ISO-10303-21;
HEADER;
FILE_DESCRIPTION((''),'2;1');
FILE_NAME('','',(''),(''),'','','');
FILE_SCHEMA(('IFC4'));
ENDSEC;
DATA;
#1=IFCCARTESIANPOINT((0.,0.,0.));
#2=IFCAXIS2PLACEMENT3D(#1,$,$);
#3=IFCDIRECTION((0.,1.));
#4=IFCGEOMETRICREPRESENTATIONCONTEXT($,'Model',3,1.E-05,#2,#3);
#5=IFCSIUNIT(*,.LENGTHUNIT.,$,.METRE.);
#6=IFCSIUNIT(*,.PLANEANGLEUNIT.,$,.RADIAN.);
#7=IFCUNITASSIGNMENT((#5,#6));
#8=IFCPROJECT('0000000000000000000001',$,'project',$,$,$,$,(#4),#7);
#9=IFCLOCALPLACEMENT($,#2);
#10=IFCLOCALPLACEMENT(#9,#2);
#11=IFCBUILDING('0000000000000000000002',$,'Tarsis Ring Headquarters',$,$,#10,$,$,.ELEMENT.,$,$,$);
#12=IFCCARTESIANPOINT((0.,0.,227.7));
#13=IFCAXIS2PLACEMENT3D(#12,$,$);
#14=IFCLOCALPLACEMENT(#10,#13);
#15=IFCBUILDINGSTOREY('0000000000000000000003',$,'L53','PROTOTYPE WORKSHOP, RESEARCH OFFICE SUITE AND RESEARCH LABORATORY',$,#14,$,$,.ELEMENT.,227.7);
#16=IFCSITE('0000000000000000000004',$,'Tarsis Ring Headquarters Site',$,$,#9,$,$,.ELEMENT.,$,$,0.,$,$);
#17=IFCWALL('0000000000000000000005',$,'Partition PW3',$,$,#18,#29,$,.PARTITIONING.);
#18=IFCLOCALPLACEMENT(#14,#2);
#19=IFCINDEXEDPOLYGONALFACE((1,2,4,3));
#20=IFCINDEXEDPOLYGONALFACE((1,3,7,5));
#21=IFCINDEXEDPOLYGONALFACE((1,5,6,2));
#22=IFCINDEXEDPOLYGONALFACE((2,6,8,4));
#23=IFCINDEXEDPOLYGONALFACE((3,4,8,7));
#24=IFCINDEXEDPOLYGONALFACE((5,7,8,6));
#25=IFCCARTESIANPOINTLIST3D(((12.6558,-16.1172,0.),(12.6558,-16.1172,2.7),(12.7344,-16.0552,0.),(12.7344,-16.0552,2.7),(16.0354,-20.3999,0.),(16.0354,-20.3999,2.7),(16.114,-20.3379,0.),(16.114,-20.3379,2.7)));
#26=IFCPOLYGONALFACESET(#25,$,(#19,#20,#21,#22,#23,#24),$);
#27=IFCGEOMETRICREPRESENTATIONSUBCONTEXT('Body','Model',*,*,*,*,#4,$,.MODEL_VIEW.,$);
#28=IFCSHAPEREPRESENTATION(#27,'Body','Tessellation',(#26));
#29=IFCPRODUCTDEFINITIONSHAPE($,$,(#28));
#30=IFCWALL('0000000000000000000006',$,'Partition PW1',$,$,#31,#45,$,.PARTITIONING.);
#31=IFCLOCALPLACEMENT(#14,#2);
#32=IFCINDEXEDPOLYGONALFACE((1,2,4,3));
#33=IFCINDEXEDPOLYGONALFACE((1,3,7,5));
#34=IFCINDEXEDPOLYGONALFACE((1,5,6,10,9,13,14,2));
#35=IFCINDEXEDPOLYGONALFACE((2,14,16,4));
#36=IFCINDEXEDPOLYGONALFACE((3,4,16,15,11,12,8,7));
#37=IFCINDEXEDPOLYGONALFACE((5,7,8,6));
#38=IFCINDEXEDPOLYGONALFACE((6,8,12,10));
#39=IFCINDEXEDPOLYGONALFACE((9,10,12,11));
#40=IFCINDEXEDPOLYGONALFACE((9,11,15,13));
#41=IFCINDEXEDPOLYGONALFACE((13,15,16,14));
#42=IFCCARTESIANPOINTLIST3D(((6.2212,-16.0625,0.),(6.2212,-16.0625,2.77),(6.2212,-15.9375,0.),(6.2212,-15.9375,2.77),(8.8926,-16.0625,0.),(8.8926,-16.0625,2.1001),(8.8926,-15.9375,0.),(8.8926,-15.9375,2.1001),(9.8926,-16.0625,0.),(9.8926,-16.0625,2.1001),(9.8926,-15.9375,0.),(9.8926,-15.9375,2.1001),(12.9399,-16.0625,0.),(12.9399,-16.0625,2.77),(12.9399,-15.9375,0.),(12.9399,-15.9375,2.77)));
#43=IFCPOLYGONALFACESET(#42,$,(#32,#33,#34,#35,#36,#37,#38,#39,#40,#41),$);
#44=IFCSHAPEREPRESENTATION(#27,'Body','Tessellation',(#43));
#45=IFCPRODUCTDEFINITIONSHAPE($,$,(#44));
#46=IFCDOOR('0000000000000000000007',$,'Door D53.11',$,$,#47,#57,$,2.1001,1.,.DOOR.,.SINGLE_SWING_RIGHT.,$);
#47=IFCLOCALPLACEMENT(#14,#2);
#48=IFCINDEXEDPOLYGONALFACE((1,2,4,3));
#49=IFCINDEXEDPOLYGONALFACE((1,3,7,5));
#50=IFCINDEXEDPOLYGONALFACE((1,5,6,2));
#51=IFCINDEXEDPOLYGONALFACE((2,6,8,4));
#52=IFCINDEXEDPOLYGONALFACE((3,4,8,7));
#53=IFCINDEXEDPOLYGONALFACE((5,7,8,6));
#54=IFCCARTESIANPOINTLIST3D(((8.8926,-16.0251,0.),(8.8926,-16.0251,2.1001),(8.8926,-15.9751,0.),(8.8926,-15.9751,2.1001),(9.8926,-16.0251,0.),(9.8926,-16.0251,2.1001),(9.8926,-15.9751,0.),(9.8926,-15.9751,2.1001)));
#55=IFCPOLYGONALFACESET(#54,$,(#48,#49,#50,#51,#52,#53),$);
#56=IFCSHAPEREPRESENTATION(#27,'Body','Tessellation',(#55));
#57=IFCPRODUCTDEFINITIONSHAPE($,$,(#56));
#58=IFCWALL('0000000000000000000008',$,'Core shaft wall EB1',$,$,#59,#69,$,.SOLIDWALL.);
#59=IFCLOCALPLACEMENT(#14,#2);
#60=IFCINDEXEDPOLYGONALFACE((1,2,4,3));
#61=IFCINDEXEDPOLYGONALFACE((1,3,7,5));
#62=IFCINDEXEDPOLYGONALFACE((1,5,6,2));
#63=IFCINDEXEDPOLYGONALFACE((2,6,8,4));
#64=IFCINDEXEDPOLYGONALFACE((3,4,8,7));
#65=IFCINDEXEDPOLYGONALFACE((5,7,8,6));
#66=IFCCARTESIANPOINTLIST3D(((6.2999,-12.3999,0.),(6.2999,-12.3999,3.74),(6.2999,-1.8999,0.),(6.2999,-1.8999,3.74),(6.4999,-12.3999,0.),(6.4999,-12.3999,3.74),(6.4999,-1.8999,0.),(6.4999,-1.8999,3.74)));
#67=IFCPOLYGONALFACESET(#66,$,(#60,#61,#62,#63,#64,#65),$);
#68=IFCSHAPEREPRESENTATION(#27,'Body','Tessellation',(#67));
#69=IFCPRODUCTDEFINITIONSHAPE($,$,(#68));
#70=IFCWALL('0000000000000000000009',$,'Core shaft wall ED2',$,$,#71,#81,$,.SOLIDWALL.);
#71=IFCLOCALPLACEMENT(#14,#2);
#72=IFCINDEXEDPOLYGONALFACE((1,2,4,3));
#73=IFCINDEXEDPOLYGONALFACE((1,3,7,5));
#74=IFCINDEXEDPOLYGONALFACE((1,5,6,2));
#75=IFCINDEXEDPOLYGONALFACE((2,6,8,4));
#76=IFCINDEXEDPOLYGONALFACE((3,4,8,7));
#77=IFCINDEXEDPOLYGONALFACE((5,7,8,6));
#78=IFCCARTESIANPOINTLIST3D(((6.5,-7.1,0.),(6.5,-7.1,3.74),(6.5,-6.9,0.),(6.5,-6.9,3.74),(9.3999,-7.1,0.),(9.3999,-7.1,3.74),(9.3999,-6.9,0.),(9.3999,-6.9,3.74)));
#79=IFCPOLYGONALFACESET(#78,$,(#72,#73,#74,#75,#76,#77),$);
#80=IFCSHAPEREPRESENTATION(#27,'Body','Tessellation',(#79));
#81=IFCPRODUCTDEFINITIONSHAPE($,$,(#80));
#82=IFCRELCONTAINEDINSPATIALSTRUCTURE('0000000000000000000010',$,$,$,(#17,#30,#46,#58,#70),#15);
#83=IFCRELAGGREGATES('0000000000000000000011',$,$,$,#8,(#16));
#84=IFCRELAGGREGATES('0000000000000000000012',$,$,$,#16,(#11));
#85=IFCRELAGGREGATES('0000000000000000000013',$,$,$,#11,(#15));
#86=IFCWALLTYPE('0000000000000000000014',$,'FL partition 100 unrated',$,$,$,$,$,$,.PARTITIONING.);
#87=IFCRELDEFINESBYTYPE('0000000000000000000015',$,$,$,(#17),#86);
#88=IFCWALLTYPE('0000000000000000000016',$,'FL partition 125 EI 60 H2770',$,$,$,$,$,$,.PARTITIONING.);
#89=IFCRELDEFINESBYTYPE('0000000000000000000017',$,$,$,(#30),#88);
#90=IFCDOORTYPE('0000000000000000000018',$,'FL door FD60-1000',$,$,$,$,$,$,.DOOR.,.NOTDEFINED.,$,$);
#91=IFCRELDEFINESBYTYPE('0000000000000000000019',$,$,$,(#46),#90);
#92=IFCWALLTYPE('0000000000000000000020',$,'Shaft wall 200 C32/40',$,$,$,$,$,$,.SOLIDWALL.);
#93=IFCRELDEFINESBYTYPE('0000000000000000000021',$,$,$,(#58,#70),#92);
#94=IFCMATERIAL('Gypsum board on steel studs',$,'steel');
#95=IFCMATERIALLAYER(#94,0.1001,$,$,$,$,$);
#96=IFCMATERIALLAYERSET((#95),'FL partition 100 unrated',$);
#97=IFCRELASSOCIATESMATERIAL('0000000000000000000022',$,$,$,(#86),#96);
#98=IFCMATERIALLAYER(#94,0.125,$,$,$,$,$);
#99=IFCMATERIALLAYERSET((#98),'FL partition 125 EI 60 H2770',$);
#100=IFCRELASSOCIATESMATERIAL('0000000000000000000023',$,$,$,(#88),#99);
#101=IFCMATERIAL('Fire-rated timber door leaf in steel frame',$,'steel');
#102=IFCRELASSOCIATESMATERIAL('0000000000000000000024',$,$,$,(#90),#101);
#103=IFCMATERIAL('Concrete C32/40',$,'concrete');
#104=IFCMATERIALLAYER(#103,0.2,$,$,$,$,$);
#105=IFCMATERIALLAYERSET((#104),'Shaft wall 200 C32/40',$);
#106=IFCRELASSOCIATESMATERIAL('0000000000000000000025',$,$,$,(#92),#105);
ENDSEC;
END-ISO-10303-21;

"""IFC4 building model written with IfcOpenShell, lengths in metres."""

from ifc_helpers import new_model, si_unit, direction, frame, frame_2d, origin, place, context, subcontext, project, spatial, rectangle, extrude, material, layer, layer_set, type_object, element, fill, save


model = new_model("IFC4")

# Units and contexts
model_context = context("Model", 3, precision=1e-05, world=origin(), true_north=direction((0.0, 1.0)))
body_context = subcontext(model_context, "Body", "Model", "MODEL_VIEW")
ifc_project = project(units=[si_unit("LENGTHUNIT", "METRE"), si_unit("PLANEANGLEUNIT", "RADIAN")], contexts=[model_context])

# Site, building, storey
site_placement = place(None, origin())
site = spatial("IfcSite", under=ifc_project, at=site_placement, Name="Tarsis Ring Headquarters Site", CompositionType="ELEMENT", RefElevation=0.0)
building_placement = place(site_placement, origin())
building = spatial("IfcBuilding", under=site, at=building_placement, Name="Tarsis Ring Headquarters", CompositionType="ELEMENT")
storey_placement = place(building_placement, frame((0.0, 0.0, 227.7)))
storey = spatial("IfcBuildingStorey", under=building, at=storey_placement, Name="L53", Description="PROTOTYPE WORKSHOP, RESEARCH OFFICE SUITE AND RESEARCH LABORATORY", CompositionType="ELEMENT", Elevation=227.7)

# Wall
ifc_material_1 = material(Name="Gypsum board on steel studs", Category="steel")
ifc_layer_1 = layer(ifc_material_1, 0.1001)
ifc_layer_set_1 = layer_set([ifc_layer_1], Name="FL partition 100 unrated")
wall_type_1 = type_object("IfcWallType", Name="FL partition 100 unrated", PredefinedType="PARTITIONING", material=ifc_layer_set_1)
wall_1_placement = place(storey_placement, frame((12.6951, -16.0862, 0.0), z_axis=(0.0, 0.0, 1.0), x_axis=(0.61948, -0.785012, 0.0)))
element("IfcWall", 1, at=wall_1_placement, inside=storey, type_object=wall_type_1, Name="Partition PW3", PredefinedType="PARTITIONING", context=body_context, shape_type="SweptSolid", body=[
    extrude(rectangle(XDim=5.4556, YDim=0.1001, at=frame_2d((2.7278, 0.0))), origin(), (0.0, 0.0, 1.0), 2.7),
])

# Wall, opening, door
ifc_layer_2 = layer(ifc_material_1, 0.125)
ifc_layer_set_2 = layer_set([ifc_layer_2], Name="FL partition 125 EI 60 H2770")
wall_type_2 = type_object("IfcWallType", Name="FL partition 125 EI 60 H2770", PredefinedType="PARTITIONING", material=ifc_layer_set_2)
wall_2_placement = place(storey_placement, frame((6.2212, -16.0, 0.0), z_axis=(0.0, 0.0, 1.0), x_axis=(1.0, 0.0, 0.0)))
wall_2 = element("IfcWall", 2, at=wall_2_placement, inside=storey, type_object=wall_type_2, Name="Partition PW1", PredefinedType="PARTITIONING", context=body_context, shape_type="SweptSolid", body=[
    extrude(rectangle(XDim=6.7188, YDim=0.125, at=frame_2d((3.3594, 0.0))), origin(), (0.0, 0.0, 1.0), 2.77),
])
opening_1_placement = place(wall_2_placement, frame((2.6714, 0.0, 0.0)))
opening_1 = element("IfcOpeningElement", 3, at=opening_1_placement, cuts=wall_2, PredefinedType="OPENING", context=body_context, shape_type="SweptSolid", body=[
    extrude(rectangle(XDim=1.0, YDim=2.1001, at=frame_2d((0.5, 1.05))), frame((0.0, 0.0725, 0.0), z_axis=(0.0, -1.0, 0.0), x_axis=(1.0, 0.0, 0.0)), (0.0, 0.0, 1.0), 0.145),
])
ifc_material_2 = material(Name="Fire-rated timber door leaf in steel frame", Category="steel")
door_type_1 = type_object("IfcDoorType", Name="FL door FD60-1000", OperationType="NOTDEFINED", PredefinedType="DOOR", material=ifc_material_2)
door_1_placement = place(opening_1_placement, origin())
door_1 = element("IfcDoor", 4, at=door_1_placement, inside=storey, type_object=door_type_1, Name="Door D53.11", OperationType="SINGLE_SWING_RIGHT", OverallHeight=2.1001, OverallWidth=1.0, PredefinedType="DOOR", context=body_context, shape_type="SweptSolid", body=[
    extrude(rectangle(XDim=1.0, YDim=2.1001, at=frame_2d((0.5, 1.05))), frame((0.0, 0.0249, 0.0), z_axis=(0.0, -1.0, 0.0), x_axis=(1.0, 0.0, 0.0)), (0.0, 0.0, 1.0), 0.05),
])
fill(opening_1, door_1)

# Walls
ifc_material_3 = material(Name="Concrete C32/40", Category="concrete")
ifc_layer_3 = layer(ifc_material_3, 0.2)
ifc_layer_set_3 = layer_set([ifc_layer_3], Name="Shaft wall 200 C32/40")
wall_type_3 = type_object("IfcWallType", Name="Shaft wall 200 C32/40", PredefinedType="SOLIDWALL", material=ifc_layer_set_3)
wall_3_placement = place(storey_placement, frame((6.3999, -12.3999, 0.0), z_axis=(0.0, 0.0, 1.0), x_axis=(0.0, 1.0, 0.0)))
element("IfcWall", 5, at=wall_3_placement, inside=storey, type_object=wall_type_3, Name="Core shaft wall EB1", PredefinedType="SOLIDWALL", context=body_context, shape_type="SweptSolid", body=[
    extrude(rectangle(XDim=10.5, YDim=0.2, at=frame_2d((5.25, 0.0))), origin(), (0.0, 0.0, 1.0), 3.74),
])
wall_4_placement = place(storey_placement, frame((6.5, -7.0, 0.0), z_axis=(0.0, 0.0, 1.0), x_axis=(1.0, 0.0, 0.0)))
element("IfcWall", 6, at=wall_4_placement, inside=storey, type_object=wall_type_3, Name="Core shaft wall ED2", PredefinedType="SOLIDWALL", context=body_context, shape_type="SweptSolid", body=[
    extrude(rectangle(XDim=2.8999, YDim=0.2, at=frame_2d((1.45, 0.0))), origin(), (0.0, 0.0, 1.0), 3.74),
])

save(model, "model.ifc")
